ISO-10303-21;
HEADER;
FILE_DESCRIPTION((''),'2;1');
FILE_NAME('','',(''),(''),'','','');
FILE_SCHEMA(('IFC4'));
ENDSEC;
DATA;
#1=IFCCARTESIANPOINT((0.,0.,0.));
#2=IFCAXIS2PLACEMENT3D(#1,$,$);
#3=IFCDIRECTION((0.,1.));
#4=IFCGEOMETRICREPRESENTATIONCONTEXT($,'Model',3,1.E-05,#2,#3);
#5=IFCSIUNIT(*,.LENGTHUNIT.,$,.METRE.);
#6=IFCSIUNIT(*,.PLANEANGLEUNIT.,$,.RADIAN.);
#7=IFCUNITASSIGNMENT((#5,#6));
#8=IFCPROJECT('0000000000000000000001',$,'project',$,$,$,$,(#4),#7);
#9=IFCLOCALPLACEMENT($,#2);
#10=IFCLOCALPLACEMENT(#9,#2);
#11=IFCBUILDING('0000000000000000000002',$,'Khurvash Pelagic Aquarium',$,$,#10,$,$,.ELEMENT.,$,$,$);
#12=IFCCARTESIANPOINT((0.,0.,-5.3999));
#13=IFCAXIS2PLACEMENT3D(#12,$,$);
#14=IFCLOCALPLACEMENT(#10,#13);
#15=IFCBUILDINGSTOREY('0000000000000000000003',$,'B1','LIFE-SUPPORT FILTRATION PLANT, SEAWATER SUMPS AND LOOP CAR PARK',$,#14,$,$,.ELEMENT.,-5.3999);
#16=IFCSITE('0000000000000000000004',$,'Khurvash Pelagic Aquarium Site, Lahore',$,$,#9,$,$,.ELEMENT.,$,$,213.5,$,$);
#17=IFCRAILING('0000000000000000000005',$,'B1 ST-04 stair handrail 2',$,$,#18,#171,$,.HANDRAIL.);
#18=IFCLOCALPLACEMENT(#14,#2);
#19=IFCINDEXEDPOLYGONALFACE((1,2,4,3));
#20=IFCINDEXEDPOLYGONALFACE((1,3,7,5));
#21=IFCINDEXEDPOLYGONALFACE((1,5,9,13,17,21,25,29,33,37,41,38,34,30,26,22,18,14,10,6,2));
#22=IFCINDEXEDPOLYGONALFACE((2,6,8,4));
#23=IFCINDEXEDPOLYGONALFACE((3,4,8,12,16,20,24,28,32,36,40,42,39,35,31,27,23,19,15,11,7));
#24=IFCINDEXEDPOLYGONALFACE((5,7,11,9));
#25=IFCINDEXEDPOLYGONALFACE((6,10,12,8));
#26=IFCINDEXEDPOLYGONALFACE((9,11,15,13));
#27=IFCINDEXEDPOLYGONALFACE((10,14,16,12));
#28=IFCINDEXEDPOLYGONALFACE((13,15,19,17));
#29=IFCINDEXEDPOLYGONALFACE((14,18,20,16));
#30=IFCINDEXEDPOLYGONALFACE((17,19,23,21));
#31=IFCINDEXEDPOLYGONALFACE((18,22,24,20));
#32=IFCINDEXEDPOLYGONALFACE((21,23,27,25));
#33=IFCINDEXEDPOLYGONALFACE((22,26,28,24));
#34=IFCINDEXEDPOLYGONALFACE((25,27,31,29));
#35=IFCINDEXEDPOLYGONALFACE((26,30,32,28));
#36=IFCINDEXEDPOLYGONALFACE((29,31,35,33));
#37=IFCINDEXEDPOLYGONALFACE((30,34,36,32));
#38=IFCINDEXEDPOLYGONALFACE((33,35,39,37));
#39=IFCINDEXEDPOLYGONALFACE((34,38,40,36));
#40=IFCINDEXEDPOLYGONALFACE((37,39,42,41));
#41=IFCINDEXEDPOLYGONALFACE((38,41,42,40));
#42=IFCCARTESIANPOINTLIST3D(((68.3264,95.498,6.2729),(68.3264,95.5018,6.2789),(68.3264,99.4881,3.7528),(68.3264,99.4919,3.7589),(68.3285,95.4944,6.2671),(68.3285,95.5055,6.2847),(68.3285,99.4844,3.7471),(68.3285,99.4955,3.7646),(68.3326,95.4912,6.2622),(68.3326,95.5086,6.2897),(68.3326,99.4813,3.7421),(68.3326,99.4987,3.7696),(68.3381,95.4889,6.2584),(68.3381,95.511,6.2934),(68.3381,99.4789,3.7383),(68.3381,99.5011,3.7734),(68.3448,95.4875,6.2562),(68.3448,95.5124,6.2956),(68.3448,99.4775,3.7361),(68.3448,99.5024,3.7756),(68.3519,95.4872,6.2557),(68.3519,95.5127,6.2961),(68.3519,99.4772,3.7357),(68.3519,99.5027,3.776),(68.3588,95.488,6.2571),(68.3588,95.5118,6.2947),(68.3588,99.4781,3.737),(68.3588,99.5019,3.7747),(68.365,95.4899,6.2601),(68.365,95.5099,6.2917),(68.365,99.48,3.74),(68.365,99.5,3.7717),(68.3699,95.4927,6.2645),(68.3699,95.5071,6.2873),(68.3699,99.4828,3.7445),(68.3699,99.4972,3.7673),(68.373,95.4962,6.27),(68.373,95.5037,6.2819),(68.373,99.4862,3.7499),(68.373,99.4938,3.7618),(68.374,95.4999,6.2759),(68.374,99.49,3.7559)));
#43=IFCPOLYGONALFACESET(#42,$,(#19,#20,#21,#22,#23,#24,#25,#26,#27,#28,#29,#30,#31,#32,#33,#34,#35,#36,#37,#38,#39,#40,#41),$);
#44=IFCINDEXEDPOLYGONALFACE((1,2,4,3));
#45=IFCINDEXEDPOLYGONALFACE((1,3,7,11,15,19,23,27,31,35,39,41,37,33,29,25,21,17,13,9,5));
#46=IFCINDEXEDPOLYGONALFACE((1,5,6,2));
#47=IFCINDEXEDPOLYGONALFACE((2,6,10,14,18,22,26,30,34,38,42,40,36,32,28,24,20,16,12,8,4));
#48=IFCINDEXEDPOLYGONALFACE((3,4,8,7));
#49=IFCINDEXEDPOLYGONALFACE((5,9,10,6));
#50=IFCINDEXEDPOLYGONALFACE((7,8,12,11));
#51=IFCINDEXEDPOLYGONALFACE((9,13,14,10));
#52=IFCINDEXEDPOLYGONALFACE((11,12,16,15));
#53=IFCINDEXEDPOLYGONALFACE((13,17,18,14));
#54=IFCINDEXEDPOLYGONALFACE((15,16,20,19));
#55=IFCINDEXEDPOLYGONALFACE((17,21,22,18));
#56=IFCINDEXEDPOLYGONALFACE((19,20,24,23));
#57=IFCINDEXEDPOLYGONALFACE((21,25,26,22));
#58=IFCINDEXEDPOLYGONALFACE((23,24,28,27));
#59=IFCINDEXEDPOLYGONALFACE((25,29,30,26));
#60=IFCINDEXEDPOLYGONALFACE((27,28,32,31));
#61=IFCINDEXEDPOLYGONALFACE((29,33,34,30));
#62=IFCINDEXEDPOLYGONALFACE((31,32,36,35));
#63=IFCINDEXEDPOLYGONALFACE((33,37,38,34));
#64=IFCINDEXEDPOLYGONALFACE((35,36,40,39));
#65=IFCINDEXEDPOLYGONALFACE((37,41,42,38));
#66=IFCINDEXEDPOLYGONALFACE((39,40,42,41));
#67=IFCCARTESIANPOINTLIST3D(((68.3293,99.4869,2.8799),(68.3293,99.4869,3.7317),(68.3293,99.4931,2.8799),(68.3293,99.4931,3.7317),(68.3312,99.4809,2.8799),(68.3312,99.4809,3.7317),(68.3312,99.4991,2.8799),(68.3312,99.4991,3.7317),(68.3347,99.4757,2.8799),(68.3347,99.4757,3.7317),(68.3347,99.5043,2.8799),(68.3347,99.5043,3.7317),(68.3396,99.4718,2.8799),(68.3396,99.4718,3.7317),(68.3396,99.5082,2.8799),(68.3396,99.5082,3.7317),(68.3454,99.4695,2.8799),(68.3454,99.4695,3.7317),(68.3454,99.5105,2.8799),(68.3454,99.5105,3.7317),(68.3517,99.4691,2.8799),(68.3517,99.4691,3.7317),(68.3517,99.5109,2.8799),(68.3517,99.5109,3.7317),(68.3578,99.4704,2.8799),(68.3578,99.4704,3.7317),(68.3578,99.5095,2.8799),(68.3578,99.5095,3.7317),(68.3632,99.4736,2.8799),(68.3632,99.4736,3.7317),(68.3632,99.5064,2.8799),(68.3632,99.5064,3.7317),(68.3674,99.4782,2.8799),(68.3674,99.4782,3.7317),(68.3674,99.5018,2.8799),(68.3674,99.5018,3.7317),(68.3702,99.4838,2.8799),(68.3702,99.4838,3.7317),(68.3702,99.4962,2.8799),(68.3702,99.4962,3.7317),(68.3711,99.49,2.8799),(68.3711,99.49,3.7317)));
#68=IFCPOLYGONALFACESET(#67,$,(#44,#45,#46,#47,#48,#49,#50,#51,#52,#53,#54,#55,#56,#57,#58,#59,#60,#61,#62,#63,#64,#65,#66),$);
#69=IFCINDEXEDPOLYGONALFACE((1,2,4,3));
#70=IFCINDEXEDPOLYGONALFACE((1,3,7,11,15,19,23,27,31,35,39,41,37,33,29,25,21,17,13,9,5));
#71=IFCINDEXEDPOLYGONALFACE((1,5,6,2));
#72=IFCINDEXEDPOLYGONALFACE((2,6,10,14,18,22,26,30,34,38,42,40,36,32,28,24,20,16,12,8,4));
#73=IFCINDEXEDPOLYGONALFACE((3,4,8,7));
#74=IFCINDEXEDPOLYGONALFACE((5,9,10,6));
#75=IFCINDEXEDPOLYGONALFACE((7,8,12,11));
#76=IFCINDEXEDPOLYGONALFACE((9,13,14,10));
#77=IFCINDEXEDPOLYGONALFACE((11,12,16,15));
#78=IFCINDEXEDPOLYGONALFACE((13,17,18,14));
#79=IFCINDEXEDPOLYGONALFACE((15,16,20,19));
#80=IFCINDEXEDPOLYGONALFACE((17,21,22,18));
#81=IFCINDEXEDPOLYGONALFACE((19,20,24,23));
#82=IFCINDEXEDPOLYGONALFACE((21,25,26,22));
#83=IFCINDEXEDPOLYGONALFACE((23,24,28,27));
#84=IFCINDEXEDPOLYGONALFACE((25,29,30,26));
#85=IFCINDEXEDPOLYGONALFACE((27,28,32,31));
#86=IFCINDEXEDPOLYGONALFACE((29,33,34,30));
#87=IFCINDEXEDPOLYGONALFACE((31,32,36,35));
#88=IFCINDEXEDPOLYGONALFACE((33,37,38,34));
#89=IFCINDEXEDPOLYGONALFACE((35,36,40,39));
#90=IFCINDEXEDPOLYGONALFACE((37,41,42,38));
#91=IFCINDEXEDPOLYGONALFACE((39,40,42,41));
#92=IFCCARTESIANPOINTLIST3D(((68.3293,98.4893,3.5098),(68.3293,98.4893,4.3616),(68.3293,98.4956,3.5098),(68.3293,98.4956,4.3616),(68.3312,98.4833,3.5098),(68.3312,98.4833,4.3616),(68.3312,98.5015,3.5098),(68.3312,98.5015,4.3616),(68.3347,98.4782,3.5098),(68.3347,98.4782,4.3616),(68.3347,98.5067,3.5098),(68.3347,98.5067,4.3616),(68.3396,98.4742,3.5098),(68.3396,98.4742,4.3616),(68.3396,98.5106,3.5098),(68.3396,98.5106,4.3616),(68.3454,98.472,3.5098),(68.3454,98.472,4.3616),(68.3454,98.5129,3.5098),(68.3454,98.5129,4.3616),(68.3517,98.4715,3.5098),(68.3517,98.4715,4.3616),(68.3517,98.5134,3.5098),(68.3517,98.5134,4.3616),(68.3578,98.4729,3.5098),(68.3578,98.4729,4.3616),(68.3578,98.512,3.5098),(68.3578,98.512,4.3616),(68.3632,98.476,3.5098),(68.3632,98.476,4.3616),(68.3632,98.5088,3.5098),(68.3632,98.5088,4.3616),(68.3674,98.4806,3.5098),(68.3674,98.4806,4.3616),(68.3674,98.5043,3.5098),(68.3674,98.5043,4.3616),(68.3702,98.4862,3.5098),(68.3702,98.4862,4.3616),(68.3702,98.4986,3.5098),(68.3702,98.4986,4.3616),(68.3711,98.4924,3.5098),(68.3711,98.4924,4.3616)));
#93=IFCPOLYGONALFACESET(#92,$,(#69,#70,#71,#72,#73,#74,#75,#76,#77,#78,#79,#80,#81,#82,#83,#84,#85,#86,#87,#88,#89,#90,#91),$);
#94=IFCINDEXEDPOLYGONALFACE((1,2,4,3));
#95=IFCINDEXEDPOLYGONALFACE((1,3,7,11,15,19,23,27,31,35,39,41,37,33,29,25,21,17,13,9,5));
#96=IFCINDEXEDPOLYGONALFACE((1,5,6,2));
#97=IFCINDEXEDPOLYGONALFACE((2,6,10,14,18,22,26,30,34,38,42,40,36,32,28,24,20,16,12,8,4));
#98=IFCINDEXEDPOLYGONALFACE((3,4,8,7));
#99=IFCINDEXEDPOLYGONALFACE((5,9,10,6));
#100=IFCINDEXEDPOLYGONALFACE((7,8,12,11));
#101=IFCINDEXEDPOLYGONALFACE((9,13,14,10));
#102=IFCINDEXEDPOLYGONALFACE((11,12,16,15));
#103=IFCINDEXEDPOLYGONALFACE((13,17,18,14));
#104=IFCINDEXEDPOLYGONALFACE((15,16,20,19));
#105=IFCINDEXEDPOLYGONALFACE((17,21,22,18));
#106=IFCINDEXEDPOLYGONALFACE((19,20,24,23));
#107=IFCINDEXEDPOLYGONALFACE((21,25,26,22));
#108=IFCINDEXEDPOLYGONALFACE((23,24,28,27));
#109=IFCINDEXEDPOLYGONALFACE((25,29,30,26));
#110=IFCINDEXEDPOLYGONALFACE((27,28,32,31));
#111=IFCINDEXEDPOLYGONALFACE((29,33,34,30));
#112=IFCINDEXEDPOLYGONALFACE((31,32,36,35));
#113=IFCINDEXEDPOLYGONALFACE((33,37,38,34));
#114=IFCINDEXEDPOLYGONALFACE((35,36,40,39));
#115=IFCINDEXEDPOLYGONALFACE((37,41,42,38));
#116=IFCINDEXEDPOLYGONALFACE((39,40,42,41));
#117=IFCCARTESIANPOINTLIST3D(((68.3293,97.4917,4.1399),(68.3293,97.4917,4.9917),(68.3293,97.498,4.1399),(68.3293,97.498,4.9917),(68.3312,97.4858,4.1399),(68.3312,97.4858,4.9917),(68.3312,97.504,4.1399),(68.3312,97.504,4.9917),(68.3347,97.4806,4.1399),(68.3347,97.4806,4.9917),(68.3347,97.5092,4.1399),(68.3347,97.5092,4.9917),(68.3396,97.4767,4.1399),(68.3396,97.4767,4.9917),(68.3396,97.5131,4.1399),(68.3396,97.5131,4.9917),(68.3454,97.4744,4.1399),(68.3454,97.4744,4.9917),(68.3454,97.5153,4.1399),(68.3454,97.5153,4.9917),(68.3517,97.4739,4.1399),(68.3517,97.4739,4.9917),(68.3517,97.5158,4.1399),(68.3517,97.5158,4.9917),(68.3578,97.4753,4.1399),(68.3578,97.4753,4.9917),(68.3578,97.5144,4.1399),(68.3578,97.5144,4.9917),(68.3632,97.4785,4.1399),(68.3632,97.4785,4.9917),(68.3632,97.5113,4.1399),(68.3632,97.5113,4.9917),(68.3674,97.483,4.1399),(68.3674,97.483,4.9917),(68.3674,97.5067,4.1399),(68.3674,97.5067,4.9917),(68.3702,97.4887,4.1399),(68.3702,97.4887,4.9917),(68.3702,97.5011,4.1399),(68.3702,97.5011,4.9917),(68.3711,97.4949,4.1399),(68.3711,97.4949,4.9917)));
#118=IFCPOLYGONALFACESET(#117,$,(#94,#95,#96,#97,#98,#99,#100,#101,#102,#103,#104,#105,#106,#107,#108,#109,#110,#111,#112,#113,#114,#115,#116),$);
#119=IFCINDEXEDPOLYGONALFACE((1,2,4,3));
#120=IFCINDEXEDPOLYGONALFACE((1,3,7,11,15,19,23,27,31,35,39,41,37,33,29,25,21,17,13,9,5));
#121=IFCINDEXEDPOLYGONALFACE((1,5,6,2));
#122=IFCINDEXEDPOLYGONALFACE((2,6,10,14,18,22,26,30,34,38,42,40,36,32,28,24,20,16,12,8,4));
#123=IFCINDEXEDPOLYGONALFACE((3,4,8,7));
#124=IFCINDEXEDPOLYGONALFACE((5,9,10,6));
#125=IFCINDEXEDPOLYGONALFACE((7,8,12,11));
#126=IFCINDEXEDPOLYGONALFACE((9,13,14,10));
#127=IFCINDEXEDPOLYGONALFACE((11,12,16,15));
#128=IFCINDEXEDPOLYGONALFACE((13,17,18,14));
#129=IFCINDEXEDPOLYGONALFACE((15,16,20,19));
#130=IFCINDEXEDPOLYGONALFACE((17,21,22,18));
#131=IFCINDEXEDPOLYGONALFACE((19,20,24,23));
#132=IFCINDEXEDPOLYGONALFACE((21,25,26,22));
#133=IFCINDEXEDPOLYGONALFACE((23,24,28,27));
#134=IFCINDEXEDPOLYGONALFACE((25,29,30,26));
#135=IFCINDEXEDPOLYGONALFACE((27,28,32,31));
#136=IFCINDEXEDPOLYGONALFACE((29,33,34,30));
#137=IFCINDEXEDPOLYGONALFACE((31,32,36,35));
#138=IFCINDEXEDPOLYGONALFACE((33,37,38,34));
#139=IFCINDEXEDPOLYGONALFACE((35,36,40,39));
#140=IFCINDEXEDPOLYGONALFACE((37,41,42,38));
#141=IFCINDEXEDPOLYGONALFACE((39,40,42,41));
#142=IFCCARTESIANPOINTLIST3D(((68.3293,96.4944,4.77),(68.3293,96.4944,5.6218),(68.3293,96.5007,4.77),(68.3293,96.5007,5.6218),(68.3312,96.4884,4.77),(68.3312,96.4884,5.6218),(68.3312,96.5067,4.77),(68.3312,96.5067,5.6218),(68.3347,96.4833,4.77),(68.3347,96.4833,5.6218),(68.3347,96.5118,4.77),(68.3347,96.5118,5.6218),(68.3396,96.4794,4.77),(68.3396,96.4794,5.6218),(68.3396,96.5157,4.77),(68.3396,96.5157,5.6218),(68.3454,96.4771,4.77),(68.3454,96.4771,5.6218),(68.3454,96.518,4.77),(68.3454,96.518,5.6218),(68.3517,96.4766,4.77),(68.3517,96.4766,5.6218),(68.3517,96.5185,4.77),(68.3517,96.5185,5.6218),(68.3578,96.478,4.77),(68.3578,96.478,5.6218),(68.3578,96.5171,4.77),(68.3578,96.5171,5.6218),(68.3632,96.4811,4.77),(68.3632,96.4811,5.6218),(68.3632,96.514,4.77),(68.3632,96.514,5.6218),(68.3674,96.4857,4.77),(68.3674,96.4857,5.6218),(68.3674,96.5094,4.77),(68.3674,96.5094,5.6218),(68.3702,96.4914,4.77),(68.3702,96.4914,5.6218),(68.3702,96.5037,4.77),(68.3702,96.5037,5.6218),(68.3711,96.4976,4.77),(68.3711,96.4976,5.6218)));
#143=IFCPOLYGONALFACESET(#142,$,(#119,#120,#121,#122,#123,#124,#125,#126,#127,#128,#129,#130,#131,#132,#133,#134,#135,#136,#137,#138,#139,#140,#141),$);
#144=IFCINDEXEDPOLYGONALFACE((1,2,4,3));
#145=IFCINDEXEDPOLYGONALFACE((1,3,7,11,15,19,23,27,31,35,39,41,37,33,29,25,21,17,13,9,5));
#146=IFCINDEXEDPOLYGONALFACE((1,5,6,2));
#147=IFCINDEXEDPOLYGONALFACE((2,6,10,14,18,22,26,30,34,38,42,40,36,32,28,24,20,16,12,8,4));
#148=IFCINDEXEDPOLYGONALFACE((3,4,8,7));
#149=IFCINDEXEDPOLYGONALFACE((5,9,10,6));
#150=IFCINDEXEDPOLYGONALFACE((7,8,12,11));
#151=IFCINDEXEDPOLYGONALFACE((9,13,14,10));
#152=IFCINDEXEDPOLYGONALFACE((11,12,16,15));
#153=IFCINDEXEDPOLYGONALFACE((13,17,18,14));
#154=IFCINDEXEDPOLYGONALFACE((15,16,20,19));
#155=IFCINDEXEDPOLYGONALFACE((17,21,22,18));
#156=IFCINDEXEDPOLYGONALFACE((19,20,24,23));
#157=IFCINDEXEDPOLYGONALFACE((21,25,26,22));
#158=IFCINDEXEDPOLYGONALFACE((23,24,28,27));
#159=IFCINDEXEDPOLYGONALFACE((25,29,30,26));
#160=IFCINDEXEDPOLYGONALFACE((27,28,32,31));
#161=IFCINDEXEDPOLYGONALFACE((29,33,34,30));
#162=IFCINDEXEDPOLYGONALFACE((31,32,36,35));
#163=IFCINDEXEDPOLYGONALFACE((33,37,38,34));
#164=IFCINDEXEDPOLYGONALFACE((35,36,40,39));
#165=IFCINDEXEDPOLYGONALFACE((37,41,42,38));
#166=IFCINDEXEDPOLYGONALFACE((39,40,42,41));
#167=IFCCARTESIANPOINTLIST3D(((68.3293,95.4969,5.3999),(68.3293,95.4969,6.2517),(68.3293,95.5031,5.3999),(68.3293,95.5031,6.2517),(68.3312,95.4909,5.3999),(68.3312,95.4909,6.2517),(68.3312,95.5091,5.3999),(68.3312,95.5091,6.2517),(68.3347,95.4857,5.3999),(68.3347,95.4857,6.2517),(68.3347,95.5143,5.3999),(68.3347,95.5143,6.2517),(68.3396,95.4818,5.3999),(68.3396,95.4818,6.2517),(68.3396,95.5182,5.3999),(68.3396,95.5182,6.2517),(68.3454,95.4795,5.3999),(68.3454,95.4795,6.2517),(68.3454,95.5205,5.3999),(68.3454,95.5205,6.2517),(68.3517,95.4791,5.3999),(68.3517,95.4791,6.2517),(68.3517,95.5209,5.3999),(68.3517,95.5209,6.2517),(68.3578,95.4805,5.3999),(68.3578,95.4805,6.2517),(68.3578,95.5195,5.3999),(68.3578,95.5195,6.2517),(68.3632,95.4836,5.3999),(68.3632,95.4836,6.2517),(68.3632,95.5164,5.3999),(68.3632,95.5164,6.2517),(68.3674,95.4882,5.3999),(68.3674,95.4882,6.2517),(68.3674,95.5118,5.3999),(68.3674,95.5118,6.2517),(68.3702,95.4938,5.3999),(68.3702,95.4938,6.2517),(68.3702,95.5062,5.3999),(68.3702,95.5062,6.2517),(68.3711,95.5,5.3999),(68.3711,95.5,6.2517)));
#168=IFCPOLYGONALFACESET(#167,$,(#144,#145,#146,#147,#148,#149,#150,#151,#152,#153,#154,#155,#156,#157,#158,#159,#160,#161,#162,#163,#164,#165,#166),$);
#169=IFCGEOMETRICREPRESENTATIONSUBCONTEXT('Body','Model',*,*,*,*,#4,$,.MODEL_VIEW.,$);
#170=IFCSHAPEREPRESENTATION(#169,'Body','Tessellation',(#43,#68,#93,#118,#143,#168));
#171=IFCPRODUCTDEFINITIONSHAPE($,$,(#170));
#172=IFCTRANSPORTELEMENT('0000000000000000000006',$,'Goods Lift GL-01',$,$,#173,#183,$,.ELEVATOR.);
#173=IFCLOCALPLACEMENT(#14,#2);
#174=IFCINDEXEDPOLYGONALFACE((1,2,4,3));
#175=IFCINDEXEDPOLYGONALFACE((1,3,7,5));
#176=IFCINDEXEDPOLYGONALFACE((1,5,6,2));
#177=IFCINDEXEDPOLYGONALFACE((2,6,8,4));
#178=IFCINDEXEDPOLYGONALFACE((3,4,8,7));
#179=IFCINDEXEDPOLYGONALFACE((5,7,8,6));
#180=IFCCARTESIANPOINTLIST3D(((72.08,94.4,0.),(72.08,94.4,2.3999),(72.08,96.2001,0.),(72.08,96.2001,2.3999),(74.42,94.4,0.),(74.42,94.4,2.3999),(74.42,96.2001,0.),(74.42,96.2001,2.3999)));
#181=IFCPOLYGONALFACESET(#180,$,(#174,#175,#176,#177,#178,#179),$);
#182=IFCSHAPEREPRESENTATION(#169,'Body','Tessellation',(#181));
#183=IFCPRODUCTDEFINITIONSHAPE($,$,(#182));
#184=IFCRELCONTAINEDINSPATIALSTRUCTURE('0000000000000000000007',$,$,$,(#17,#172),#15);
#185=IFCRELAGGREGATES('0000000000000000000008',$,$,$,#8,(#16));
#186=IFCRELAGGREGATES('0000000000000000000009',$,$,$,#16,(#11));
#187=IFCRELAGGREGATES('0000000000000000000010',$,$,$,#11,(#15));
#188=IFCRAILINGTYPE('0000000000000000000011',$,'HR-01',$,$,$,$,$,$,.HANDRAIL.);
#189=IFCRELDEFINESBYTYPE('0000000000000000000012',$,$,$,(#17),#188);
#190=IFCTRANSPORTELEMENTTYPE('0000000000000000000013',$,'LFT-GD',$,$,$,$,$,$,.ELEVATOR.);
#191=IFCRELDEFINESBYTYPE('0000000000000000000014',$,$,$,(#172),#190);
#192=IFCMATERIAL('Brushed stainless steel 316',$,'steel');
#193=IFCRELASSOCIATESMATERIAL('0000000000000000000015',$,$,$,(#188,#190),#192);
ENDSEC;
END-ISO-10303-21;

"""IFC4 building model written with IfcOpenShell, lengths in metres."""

from ifc_helpers import new_model, si_unit, direction, frame, origin, origin_2d, place, context, subcontext, project, spatial, rectangle, circle, extrude, material, type_object, element, save


model = new_model("IFC4")

# Units and contexts
model_context = context("Model", 3, precision=1e-05, world=origin(), true_north=direction((0.0, 1.0)))
body_context = subcontext(model_context, "Body", "Model", "MODEL_VIEW")
ifc_project = project(units=[si_unit("LENGTHUNIT", "METRE"), si_unit("PLANEANGLEUNIT", "RADIAN")], contexts=[model_context])

# Site, building, storey
site_placement = place(None, origin())
site = spatial("IfcSite", under=ifc_project, at=site_placement, Name="Khurvash Pelagic Aquarium Site, Lahore", CompositionType="ELEMENT", RefElevation=213.5)
building_placement = place(site_placement, origin())
building = spatial("IfcBuilding", under=site, at=building_placement, Name="Khurvash Pelagic Aquarium", CompositionType="ELEMENT")
storey_placement = place(building_placement, frame((0.0, 0.0, -5.3999)))
storey = spatial("IfcBuildingStorey", under=building, at=storey_placement, Name="B1", Description="LIFE-SUPPORT FILTRATION PLANT, SEAWATER SUMPS AND LOOP CAR PARK", CompositionType="ELEMENT", Elevation=-5.3999)

# Railing
ifc_material_1 = material(Name="Brushed stainless steel 316", Category="steel")
railing_type_1 = type_object("IfcRailingType", Name="HR-01", PredefinedType="HANDRAIL", material=ifc_material_1)
railing_1_placement = place(storey_placement, frame((68.3501, 99.49, 2.8799)))
element("IfcRailing", 1, at=railing_1_placement, inside=storey, type_object=railing_type_1, Name="B1 ST-04 stair handrail 2", PredefinedType="HANDRAIL", context=body_context, shape_type="SweptSolid", body=[
    extrude(circle(Radius=0.0239, at=origin_2d()), frame((0.0, 0.0, 0.876), z_axis=(0.0, -0.845486, 0.533997), x_axis=(1.0, 0.0, 0.0)), (0.0, 0.0, 1.0), 4.7192),
    extrude(circle(Radius=0.021, at=origin_2d()), origin(), (0.0, 0.0, 1.0), 0.8518),
    extrude(circle(Radius=0.021, at=origin_2d()), frame((0.0, -0.9976, 0.6299)), (0.0, 0.0, 1.0), 0.8518),
    extrude(circle(Radius=0.021, at=origin_2d()), frame((0.0, -1.9951, 1.26)), (0.0, 0.0, 1.0), 0.8518),
    extrude(circle(Radius=0.021, at=origin_2d()), frame((0.0, -2.9924, 1.8901)), (0.0, 0.0, 1.0), 0.8518),
    extrude(circle(Radius=0.021, at=origin_2d()), frame((0.0, -3.99, 2.52)), (0.0, 0.0, 1.0), 0.8518),
])

# Transport element
transport_element_type = type_object("IfcTransportElementType", Name="LFT-GD", PredefinedType="ELEVATOR", material=ifc_material_1)
transport_element_placement = place(storey_placement, frame((73.25, 95.3, 0.0), z_axis=(0.0, 0.0, 1.0), x_axis=(1.0, 0.0, 0.0)))
element("IfcTransportElement", 2, at=transport_element_placement, inside=storey, type_object=transport_element_type, Name="Goods Lift GL-01", PredefinedType="ELEVATOR", context=body_context, shape_type="SweptSolid", body=[
    extrude(rectangle(XDim=2.3401, YDim=1.8, at=origin_2d()), origin(), (0.0, 0.0, 1.0), 2.3999),
])

save(model, "model.ifc")
